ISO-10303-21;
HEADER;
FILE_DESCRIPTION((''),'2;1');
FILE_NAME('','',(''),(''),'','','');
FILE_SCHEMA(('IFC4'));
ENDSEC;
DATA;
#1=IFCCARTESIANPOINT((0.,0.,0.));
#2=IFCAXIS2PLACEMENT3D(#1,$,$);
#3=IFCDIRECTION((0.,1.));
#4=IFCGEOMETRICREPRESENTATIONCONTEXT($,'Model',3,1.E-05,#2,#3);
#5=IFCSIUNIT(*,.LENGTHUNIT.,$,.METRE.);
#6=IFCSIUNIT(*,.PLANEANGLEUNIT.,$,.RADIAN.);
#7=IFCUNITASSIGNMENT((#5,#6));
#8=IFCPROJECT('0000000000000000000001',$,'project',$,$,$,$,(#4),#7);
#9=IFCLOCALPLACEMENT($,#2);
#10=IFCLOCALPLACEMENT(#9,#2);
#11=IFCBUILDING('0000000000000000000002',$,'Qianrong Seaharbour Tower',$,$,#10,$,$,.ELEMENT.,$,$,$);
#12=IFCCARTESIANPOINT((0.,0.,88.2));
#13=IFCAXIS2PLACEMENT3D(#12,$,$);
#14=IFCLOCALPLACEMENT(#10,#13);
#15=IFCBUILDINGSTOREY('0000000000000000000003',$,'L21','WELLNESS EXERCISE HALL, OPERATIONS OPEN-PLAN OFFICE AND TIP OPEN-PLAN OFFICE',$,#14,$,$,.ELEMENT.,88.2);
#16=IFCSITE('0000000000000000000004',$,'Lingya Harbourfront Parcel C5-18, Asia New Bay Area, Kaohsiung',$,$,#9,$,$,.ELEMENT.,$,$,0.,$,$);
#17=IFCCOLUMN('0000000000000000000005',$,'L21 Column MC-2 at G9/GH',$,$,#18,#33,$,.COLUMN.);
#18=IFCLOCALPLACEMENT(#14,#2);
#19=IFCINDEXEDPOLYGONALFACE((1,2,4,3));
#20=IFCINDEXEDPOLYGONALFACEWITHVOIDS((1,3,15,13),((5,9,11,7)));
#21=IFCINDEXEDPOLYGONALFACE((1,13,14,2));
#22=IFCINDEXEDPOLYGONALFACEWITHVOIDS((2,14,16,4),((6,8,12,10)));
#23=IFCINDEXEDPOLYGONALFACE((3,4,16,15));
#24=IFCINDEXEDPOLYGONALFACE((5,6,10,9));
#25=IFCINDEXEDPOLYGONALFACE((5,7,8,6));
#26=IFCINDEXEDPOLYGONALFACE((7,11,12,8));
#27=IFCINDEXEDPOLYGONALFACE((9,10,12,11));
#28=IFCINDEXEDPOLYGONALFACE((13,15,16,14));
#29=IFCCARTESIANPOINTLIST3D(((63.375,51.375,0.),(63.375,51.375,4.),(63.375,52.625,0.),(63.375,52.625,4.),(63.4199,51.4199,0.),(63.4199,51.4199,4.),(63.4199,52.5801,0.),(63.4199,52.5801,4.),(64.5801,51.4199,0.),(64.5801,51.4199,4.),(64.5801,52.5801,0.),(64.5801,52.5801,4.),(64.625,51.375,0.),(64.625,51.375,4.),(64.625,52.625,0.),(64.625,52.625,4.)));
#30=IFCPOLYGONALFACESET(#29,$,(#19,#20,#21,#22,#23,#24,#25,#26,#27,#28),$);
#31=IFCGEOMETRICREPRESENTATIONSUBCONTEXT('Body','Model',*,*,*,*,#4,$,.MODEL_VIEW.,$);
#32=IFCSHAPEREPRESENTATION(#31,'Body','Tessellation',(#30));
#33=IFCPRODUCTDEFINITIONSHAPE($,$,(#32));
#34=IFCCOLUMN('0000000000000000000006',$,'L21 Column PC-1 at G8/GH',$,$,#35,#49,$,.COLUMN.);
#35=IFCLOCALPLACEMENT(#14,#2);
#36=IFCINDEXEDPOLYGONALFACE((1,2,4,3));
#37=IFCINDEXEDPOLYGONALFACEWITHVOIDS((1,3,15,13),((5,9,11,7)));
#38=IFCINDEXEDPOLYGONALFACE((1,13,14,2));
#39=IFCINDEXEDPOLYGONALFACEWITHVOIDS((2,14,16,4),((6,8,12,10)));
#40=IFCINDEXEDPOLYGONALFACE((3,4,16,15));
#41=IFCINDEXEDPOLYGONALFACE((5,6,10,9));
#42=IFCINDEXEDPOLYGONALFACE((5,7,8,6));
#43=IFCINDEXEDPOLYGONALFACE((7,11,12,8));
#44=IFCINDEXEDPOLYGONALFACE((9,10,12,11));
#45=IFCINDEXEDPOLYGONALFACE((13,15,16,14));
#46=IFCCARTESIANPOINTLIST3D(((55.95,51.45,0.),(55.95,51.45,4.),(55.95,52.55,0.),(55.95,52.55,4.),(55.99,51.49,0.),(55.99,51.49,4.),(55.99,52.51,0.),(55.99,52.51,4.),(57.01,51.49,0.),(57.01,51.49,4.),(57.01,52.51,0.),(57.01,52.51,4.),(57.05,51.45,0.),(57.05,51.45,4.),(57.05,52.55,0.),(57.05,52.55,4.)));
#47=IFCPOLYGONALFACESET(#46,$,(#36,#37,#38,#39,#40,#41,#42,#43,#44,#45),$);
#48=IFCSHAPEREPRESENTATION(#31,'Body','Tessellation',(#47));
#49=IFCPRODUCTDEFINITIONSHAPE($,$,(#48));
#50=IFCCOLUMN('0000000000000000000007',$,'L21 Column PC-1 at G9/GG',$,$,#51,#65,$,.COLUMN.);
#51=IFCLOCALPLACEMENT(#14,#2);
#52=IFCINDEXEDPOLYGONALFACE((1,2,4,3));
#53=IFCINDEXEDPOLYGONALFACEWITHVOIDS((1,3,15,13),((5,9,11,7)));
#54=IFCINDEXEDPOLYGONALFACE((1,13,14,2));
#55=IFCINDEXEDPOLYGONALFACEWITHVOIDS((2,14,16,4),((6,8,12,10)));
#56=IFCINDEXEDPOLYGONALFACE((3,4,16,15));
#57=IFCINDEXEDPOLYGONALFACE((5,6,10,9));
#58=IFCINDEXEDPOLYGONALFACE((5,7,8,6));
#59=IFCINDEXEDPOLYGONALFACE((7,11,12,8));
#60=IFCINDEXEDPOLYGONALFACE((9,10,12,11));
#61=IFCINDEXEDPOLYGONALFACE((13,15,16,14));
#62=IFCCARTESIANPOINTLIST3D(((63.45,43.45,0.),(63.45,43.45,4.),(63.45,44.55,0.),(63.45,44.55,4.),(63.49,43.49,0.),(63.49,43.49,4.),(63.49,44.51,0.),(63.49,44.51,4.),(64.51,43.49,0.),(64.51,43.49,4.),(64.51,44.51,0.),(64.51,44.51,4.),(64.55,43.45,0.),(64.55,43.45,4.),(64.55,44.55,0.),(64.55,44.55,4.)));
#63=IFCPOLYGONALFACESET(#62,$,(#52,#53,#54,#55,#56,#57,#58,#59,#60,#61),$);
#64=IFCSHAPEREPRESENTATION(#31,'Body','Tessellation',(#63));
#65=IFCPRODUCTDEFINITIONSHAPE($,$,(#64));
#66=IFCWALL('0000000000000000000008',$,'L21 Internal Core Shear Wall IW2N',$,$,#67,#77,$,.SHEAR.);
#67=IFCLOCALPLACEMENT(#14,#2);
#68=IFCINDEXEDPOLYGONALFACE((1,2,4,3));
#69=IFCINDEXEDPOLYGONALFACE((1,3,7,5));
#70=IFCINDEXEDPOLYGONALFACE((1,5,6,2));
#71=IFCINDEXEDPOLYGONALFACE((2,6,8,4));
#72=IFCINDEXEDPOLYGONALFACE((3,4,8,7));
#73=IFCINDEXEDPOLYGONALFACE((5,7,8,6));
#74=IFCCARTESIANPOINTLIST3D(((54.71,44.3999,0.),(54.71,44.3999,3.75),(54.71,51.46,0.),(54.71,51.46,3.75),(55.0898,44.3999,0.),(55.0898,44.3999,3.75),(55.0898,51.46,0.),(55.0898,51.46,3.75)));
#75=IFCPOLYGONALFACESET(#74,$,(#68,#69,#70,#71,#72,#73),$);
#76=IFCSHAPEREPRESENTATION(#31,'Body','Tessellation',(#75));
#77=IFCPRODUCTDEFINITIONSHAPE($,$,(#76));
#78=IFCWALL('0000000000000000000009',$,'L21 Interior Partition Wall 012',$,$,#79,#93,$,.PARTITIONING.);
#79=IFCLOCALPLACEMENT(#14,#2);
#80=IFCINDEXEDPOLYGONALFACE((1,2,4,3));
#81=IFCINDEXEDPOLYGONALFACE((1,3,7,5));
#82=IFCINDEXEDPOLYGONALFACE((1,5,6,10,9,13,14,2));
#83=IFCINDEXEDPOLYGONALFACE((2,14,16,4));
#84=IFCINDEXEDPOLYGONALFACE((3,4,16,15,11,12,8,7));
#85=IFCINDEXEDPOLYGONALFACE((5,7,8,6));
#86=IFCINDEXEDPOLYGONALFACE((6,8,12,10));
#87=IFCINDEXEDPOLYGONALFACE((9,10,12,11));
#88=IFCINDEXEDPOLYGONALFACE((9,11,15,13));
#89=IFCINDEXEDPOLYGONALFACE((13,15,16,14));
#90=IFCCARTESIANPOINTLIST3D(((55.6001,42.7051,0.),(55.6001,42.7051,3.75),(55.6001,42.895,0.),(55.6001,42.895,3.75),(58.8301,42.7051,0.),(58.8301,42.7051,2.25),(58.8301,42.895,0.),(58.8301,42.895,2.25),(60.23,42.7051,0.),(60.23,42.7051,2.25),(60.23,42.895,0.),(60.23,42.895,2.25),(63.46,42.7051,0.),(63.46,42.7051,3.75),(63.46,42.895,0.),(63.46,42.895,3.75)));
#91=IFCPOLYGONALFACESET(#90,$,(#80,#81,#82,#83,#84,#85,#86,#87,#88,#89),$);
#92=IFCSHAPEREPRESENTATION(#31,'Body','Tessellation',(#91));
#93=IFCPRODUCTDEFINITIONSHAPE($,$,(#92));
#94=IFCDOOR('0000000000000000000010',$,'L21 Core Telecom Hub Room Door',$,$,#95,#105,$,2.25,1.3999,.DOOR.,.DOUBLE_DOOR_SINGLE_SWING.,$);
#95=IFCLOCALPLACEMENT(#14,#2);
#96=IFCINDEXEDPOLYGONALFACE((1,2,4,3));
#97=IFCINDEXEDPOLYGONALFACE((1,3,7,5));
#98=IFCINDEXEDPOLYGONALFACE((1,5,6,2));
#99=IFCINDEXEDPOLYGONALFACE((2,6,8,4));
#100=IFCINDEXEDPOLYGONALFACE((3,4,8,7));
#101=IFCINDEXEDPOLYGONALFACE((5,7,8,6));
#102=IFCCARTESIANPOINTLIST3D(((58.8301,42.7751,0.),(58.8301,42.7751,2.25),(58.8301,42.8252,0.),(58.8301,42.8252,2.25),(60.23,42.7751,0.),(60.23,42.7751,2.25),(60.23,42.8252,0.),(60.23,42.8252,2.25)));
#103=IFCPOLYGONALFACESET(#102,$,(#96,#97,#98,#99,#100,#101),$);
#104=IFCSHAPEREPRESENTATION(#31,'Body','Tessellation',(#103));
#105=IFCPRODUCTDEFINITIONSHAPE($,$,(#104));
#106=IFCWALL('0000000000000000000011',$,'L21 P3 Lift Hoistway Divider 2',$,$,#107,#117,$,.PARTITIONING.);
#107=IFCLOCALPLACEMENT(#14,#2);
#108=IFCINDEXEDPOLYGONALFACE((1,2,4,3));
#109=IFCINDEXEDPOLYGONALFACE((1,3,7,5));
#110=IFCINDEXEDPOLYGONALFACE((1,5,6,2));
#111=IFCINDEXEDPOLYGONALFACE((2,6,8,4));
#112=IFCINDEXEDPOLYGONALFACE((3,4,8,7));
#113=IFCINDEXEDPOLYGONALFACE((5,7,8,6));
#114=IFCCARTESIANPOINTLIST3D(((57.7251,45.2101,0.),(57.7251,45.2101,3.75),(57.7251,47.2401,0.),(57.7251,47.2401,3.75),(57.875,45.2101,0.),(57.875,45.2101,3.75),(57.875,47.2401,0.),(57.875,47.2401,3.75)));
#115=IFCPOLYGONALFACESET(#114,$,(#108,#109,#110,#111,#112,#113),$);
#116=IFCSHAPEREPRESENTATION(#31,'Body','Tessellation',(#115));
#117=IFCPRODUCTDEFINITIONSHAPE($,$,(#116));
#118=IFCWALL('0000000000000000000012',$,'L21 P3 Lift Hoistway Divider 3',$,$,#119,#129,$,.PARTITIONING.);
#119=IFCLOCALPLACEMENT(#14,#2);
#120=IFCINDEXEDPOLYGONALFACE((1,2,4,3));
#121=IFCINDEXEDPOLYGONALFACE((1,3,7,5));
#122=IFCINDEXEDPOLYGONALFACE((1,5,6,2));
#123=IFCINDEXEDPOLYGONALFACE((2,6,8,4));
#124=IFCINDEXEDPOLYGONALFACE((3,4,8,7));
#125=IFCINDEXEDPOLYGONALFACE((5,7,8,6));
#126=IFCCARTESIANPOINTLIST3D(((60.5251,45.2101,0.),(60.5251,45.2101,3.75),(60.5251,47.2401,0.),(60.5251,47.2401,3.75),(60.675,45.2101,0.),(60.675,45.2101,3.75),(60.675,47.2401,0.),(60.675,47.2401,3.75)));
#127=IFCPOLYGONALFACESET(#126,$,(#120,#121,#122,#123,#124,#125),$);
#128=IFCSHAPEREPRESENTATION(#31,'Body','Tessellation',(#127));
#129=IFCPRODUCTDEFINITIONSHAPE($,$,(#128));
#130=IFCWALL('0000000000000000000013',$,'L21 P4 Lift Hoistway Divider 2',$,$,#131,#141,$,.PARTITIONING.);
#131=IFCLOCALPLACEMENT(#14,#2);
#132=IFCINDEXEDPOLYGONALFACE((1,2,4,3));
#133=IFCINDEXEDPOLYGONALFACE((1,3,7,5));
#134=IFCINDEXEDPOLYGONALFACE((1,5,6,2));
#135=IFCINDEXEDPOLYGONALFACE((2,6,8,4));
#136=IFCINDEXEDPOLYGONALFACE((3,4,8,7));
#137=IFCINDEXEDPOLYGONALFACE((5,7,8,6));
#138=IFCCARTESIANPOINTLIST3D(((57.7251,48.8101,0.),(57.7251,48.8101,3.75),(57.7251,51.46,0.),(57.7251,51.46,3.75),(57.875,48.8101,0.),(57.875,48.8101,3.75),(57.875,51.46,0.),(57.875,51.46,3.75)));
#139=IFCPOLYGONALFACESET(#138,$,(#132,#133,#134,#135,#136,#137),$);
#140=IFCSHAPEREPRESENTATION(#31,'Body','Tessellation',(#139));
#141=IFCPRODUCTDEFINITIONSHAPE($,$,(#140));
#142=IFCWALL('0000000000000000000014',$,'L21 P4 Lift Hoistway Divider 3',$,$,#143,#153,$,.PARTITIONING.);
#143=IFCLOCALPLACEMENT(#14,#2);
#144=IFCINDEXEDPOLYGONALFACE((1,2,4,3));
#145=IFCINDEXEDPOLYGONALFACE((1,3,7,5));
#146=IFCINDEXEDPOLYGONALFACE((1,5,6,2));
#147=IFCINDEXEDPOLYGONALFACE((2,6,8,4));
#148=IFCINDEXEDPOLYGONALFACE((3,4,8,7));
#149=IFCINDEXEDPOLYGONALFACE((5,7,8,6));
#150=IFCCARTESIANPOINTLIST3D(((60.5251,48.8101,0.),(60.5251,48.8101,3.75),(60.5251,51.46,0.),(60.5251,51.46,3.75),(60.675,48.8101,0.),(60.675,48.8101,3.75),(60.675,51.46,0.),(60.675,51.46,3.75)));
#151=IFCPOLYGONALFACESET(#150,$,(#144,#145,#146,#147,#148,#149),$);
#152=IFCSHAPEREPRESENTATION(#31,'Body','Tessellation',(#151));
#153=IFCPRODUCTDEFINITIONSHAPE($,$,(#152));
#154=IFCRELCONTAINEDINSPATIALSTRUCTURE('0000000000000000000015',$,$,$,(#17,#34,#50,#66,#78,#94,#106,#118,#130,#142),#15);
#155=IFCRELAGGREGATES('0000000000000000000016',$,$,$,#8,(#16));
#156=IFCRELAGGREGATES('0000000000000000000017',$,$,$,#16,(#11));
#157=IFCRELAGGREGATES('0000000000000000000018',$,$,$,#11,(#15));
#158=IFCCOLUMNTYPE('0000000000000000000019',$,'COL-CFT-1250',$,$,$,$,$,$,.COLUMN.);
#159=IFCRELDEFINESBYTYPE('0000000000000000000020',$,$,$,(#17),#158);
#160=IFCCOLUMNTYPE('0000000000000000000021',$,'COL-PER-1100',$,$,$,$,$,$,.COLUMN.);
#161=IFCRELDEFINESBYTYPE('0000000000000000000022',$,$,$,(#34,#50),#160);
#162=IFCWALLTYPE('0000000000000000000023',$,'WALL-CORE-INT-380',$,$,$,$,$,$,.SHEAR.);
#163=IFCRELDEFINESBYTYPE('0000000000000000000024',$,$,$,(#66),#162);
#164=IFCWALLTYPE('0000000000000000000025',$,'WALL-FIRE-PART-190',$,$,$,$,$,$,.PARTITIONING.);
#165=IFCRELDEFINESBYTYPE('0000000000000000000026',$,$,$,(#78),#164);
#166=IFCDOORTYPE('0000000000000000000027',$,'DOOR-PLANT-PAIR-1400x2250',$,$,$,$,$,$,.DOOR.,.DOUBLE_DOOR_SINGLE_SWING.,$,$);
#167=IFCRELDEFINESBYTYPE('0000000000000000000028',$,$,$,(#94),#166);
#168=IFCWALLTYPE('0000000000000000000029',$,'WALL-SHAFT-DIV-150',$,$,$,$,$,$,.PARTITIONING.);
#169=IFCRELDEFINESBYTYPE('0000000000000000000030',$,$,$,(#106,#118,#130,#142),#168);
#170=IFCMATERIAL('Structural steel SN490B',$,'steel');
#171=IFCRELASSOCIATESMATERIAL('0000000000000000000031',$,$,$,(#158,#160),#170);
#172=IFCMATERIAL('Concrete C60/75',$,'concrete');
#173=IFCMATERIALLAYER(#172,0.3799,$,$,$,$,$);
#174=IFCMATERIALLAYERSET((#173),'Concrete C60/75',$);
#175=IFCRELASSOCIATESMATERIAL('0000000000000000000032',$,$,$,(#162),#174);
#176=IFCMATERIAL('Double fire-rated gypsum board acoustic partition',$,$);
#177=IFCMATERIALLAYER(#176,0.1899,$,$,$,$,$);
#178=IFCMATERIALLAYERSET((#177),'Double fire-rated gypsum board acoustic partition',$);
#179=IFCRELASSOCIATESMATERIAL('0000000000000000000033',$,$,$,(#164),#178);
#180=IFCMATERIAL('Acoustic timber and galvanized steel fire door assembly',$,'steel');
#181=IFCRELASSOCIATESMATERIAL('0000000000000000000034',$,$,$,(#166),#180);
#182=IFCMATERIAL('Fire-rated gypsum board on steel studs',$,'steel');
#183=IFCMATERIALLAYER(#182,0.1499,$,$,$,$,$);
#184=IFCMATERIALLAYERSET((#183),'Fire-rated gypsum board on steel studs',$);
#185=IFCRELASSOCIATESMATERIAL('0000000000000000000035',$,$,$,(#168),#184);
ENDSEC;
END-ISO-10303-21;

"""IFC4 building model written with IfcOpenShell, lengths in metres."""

from ifc_helpers import new_model, si_unit, direction, frame, frame_2d, origin, origin_2d, place, context, subcontext, project, spatial, rectangle, hollow_rectangle, extrude, material, layer, layer_set, material_profile, profile_set, type_object, element, fill, save


model = new_model("IFC4")

# Units and contexts
model_context = context("Model", 3, precision=1e-05, world=origin(), true_north=direction((0.0, 1.0)))
body_context = subcontext(model_context, "Body", "Model", "MODEL_VIEW")
ifc_project = project(units=[si_unit("LENGTHUNIT", "METRE"), si_unit("PLANEANGLEUNIT", "RADIAN")], contexts=[model_context])

# Site, building, storey
site_placement = place(None, origin())
site = spatial("IfcSite", under=ifc_project, at=site_placement, Name="Lingya Harbourfront Parcel C5-18, Asia New Bay Area, Kaohsiung", CompositionType="ELEMENT", RefElevation=0.0)
building_placement = place(site_placement, origin())
building = spatial("IfcBuilding", under=site, at=building_placement, Name="Qianrong Seaharbour Tower", CompositionType="ELEMENT")
storey_placement = place(building_placement, frame((0.0, 0.0, 88.2)))
storey = spatial("IfcBuildingStorey", under=building, at=storey_placement, Name="L21", Description="WELLNESS EXERCISE HALL, OPERATIONS OPEN-PLAN OFFICE AND TIP OPEN-PLAN OFFICE", CompositionType="ELEMENT", Elevation=88.2)

# Columns
ifc_material_1 = material(Name="Structural steel SN490B", Category="steel")
ifc_material_profile_1 = material_profile(ifc_material_1, hollow_rectangle(XDim=1.25, YDim=1.25, WallThickness=0.0449, at=origin_2d()), Name="BOX1250x1250x45")
ifc_profile_set_1 = profile_set([ifc_material_profile_1], Name="Structural steel SN490B")
column_type_1 = type_object("IfcColumnType", Name="COL-CFT-1250", PredefinedType="COLUMN", material=ifc_profile_set_1)
column_placement = place(storey_placement, frame((64.0, 52.0, 0.0), z_axis=(0.0, 0.0, 1.0), x_axis=(1.0, 0.0, 0.0)))
element("IfcColumn", 1, at=column_placement, inside=storey, type_object=column_type_1, Name="L21 Column MC-2 at G9/GH", PredefinedType="COLUMN", context=body_context, shape_type="SweptSolid", body=[
    extrude(hollow_rectangle(XDim=1.25, YDim=1.25, WallThickness=0.0449, at=origin_2d()), origin(), (0.0, 0.0, 1.0), 4.0),
])
ifc_material_profile_2 = material_profile(ifc_material_1, hollow_rectangle(XDim=1.1001, YDim=1.1001, WallThickness=0.04, at=origin_2d()), Name="BOX1100x1100x40")
ifc_profile_set_2 = profile_set([ifc_material_profile_2], Name="Structural steel SN490B")
column_type_2 = type_object("IfcColumnType", Name="COL-PER-1100", PredefinedType="COLUMN", material=ifc_profile_set_2)
for number, where, z_axis, x_axis, name in (
    (2, (56.5, 52.0, 0.0), (0.0, 0.0, 1.0), (1.0, 0.0, 0.0), "L21 Column PC-1 at G8/GH"),
    (3, (64.0, 44.0, 0.0), (0.0, 0.0, 1.0), (1.0, 0.0, 0.0), "L21 Column PC-1 at G9/GG"),
):
    element("IfcColumn", number, at=place(storey_placement, frame(where, z_axis=z_axis, x_axis=x_axis)), inside=storey, type_object=column_type_2, Name=name, PredefinedType="COLUMN", context=body_context, shape_type="SweptSolid", body=[
        extrude(hollow_rectangle(XDim=1.1001, YDim=1.1001, WallThickness=0.04, at=origin_2d()), origin(), (0.0, 0.0, 1.0), 4.0),
    ])

# Wall
ifc_material_2 = material(Name="Concrete C60/75", Category="concrete")
ifc_layer_1 = layer(ifc_material_2, 0.3799)
ifc_layer_set_1 = layer_set([ifc_layer_1], Name="Concrete C60/75")
wall_type_1 = type_object("IfcWallType", Name="WALL-CORE-INT-380", PredefinedType="SHEAR", material=ifc_layer_set_1)
wall_1_placement = place(storey_placement, frame((54.8999, 44.3999, 0.0), z_axis=(0.0, 0.0, 1.0), x_axis=(0.0, 1.0, 0.0)))
element("IfcWall", 4, at=wall_1_placement, inside=storey, type_object=wall_type_1, Name="L21 Internal Core Shear Wall IW2N", PredefinedType="SHEAR", context=body_context, shape_type="SweptSolid", body=[
    extrude(rectangle(XDim=7.0601, YDim=0.3799, at=frame_2d((3.53, 0.0))), origin(), (0.0, 0.0, 1.0), 3.75),
])

# Wall, opening, door
ifc_material_3 = material(Name="Double fire-rated gypsum board acoustic partition")
ifc_layer_2 = layer(ifc_material_3, 0.1899)
ifc_layer_set_2 = layer_set([ifc_layer_2], Name="Double fire-rated gypsum board acoustic partition")
wall_type_2 = type_object("IfcWallType", Name="WALL-FIRE-PART-190", PredefinedType="PARTITIONING", material=ifc_layer_set_2)
ifc_material_4 = material(Name="Acoustic timber and galvanized steel fire door assembly", Category="steel")
wall_2_placement = place(storey_placement, frame((63.46, 42.8, 0.0), z_axis=(0.0, 0.0, 1.0), x_axis=(-1.0, 0.0, 0.0)))
wall_2 = element("IfcWall", 5, at=wall_2_placement, inside=storey, type_object=wall_type_2, Name="L21 Interior Partition Wall 012", PredefinedType="PARTITIONING", context=body_context, shape_type="SweptSolid", body=[
    extrude(rectangle(XDim=7.8599, YDim=0.1899, at=frame_2d((3.9299, 0.0))), origin(), (0.0, 0.0, 1.0), 3.75),
])
opening_1_placement = place(wall_2_placement, frame((3.23, 0.0, 0.0)))
opening_1 = element("IfcOpeningElement", 6, at=opening_1_placement, cuts=wall_2, PredefinedType="OPENING", context=body_context, shape_type="SweptSolid", body=[
    extrude(rectangle(XDim=1.3999, YDim=2.25, at=frame_2d((0.7, 1.125))), frame((0.0, 0.105, 0.0), z_axis=(0.0, -1.0, 0.0), x_axis=(1.0, 0.0, 0.0)), (0.0, 0.0, 1.0), 0.21),
])
door_type_1 = type_object("IfcDoorType", Name="DOOR-PLANT-PAIR-1400x2250", OperationType="DOUBLE_DOOR_SINGLE_SWING", PredefinedType="DOOR", material=ifc_material_4)
door_1_placement = place(opening_1_placement, origin())
door_1 = element("IfcDoor", 7, at=door_1_placement, inside=storey, type_object=door_type_1, Name="L21 Core Telecom Hub Room Door", OperationType="DOUBLE_DOOR_SINGLE_SWING", OverallHeight=2.25, OverallWidth=1.3999, PredefinedType="DOOR", context=body_context, shape_type="SweptSolid", body=[
    extrude(rectangle(XDim=1.3999, YDim=2.25, at=frame_2d((0.7, 1.125))), frame((0.0, 0.0249, 0.0), z_axis=(0.0, -1.0, 0.0), x_axis=(1.0, 0.0, 0.0)), (0.0, 0.0, 1.0), 0.05),
])
fill(opening_1, door_1)

# Walls
ifc_material_5 = material(Name="Fire-rated gypsum board on steel studs", Category="steel")
ifc_layer_3 = layer(ifc_material_5, 0.1499)
ifc_layer_set_3 = layer_set([ifc_layer_3], Name="Fire-rated gypsum board on steel studs")
wall_type_3 = type_object("IfcWallType", Name="WALL-SHAFT-DIV-150", PredefinedType="PARTITIONING", material=ifc_layer_set_3)
for number, where, z_axis, x_axis, name in (
    (8, (57.8, 45.21, 0.0), (0.0, 0.0, 1.0), (0.0, 1.0, 0.0), "L21 P3 Lift Hoistway Divider 2"),
    (9, (60.6001, 45.21, 0.0), (0.0, 0.0, 1.0), (0.0, 1.0, 0.0), "L21 P3 Lift Hoistway Divider 3"),
):
    element("IfcWall", number, at=place(storey_placement, frame(where, z_axis=z_axis, x_axis=x_axis)), inside=storey, type_object=wall_type_3, Name=name, PredefinedType="PARTITIONING", context=body_context, shape_type="SweptSolid", body=[
        extrude(rectangle(XDim=2.03, YDim=0.1499, at=frame_2d((1.0151, 0.0))), origin(), (0.0, 0.0, 1.0), 3.75),
    ])
for number, where, z_axis, x_axis, name in (
    (10, (57.8, 48.8101, 0.0), (0.0, 0.0, 1.0), (0.0, 1.0, 0.0), "L21 P4 Lift Hoistway Divider 2"),
    (11, (60.6001, 48.8101, 0.0), (0.0, 0.0, 1.0), (0.0, 1.0, 0.0), "L21 P4 Lift Hoistway Divider 3"),
):
    element("IfcWall", number, at=place(storey_placement, frame(where, z_axis=z_axis, x_axis=x_axis)), inside=storey, type_object=wall_type_3, Name=name, PredefinedType="PARTITIONING", context=body_context, shape_type="SweptSolid", body=[
        extrude(rectangle(XDim=2.6499, YDim=0.1499, at=frame_2d((1.325, 0.0))), origin(), (0.0, 0.0, 1.0), 3.75),
    ])

save(model, "model.ifc")
